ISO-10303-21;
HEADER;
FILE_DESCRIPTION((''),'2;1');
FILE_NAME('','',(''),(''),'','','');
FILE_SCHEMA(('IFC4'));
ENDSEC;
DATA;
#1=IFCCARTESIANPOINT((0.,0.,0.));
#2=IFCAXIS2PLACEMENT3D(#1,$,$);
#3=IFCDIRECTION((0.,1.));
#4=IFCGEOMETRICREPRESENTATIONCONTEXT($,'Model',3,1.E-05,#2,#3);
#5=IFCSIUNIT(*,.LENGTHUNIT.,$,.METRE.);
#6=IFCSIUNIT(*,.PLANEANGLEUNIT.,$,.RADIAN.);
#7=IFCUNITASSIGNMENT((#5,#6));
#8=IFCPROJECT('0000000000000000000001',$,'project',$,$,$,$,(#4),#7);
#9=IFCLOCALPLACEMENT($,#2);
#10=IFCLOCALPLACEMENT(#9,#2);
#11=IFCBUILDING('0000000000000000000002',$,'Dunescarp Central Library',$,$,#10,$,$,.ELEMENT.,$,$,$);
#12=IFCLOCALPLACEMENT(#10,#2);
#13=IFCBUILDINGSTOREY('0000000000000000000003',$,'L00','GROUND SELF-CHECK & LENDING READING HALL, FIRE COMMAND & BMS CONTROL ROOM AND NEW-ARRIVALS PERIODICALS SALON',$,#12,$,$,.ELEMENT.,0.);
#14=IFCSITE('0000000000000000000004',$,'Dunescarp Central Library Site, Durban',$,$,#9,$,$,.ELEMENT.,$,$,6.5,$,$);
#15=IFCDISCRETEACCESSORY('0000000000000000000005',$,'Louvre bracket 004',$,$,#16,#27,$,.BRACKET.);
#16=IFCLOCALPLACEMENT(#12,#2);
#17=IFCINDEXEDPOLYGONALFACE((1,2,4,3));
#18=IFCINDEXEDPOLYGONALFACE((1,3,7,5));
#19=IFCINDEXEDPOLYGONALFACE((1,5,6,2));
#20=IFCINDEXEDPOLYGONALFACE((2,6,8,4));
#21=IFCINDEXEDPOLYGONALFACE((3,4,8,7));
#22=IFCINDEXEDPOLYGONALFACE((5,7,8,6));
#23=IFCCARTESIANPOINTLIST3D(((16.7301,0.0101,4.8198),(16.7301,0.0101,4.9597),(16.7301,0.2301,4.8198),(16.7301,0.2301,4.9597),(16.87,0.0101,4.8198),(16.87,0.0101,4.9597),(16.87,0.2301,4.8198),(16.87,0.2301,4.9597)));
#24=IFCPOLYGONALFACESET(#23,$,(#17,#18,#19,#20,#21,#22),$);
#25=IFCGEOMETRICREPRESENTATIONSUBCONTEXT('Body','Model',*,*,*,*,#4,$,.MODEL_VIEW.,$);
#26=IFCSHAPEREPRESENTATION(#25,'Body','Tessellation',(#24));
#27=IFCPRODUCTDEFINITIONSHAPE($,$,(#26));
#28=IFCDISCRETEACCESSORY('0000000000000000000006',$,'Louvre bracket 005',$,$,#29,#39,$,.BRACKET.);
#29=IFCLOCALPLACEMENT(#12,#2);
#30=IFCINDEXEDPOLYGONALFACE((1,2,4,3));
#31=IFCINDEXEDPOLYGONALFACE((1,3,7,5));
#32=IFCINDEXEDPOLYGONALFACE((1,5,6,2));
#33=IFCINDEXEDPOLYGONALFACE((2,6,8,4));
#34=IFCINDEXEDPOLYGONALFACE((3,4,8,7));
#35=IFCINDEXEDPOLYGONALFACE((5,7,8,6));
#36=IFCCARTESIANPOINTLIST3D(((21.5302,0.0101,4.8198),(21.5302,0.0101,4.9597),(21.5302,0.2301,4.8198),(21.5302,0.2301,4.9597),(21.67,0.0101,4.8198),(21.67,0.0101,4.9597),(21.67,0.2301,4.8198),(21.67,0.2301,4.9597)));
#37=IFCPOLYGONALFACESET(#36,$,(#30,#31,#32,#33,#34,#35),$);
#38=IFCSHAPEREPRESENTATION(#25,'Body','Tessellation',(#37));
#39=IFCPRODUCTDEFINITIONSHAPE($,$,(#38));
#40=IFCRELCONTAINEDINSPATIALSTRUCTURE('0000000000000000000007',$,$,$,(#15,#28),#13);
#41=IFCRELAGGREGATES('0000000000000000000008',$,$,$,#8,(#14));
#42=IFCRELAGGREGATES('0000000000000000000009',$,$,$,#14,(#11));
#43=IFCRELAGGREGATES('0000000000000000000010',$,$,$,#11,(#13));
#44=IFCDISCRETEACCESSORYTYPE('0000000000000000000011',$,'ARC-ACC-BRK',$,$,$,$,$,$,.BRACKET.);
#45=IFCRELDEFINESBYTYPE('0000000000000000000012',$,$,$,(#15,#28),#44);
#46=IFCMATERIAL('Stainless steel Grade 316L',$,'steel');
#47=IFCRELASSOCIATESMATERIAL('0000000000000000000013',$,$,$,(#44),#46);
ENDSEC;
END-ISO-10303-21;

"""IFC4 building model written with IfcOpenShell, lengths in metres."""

from ifc_helpers import new_model, si_unit, direction, frame, origin, origin_2d, place, context, subcontext, project, spatial, rectangle, extrude, material, type_object, element, save


model = new_model("IFC4")

# Units and contexts
model_context = context("Model", 3, precision=1e-05, world=origin(), true_north=direction((0.0, 1.0)))
body_context = subcontext(model_context, "Body", "Model", "MODEL_VIEW")
ifc_project = project(units=[si_unit("LENGTHUNIT", "METRE"), si_unit("PLANEANGLEUNIT", "RADIAN")], contexts=[model_context])

# Site, building, storey
site_placement = place(None, origin())
site = spatial("IfcSite", under=ifc_project, at=site_placement, Name="Dunescarp Central Library Site, Durban", CompositionType="ELEMENT", RefElevation=6.5)
building_placement = place(site_placement, origin())
building = spatial("IfcBuilding", under=site, at=building_placement, Name="Dunescarp Central Library", CompositionType="ELEMENT")
storey_placement = place(building_placement, origin())
storey = spatial("IfcBuildingStorey", under=building, at=storey_placement, Name="L00", Description="GROUND SELF-CHECK & LENDING READING HALL, FIRE COMMAND & BMS CONTROL ROOM AND NEW-ARRIVALS PERIODICALS SALON", CompositionType="ELEMENT", Elevation=0.0)

# Discrete accessories
ifc_material_1 = material(Name="Stainless steel Grade 316L", Category="steel")
discrete_accessory_type = type_object("IfcDiscreteAccessoryType", Name="ARC-ACC-BRK", PredefinedType="BRACKET", material=ifc_material_1)
for number, where, z_axis, x_axis, name in (
    (1, (16.8, 0.1201, 4.8198), (0.0, 0.0, 1.0), (1.0, 0.0, 0.0), "Louvre bracket 004"),
    (2, (21.6001, 0.1201, 4.8198), (0.0, 0.0, 1.0), (1.0, 0.0, 0.0), "Louvre bracket 005"),
):
    element("IfcDiscreteAccessory", number, at=place(storey_placement, frame(where, z_axis=z_axis, x_axis=x_axis)), inside=storey, type_object=discrete_accessory_type, Name=name, PredefinedType="BRACKET", context=body_context, shape_type="SweptSolid", body=[
        extrude(rectangle(XDim=0.1399, YDim=0.22, at=origin_2d()), origin(), (0.0, 0.0, 1.0), 0.1399),
    ])

save(model, "model.ifc")
